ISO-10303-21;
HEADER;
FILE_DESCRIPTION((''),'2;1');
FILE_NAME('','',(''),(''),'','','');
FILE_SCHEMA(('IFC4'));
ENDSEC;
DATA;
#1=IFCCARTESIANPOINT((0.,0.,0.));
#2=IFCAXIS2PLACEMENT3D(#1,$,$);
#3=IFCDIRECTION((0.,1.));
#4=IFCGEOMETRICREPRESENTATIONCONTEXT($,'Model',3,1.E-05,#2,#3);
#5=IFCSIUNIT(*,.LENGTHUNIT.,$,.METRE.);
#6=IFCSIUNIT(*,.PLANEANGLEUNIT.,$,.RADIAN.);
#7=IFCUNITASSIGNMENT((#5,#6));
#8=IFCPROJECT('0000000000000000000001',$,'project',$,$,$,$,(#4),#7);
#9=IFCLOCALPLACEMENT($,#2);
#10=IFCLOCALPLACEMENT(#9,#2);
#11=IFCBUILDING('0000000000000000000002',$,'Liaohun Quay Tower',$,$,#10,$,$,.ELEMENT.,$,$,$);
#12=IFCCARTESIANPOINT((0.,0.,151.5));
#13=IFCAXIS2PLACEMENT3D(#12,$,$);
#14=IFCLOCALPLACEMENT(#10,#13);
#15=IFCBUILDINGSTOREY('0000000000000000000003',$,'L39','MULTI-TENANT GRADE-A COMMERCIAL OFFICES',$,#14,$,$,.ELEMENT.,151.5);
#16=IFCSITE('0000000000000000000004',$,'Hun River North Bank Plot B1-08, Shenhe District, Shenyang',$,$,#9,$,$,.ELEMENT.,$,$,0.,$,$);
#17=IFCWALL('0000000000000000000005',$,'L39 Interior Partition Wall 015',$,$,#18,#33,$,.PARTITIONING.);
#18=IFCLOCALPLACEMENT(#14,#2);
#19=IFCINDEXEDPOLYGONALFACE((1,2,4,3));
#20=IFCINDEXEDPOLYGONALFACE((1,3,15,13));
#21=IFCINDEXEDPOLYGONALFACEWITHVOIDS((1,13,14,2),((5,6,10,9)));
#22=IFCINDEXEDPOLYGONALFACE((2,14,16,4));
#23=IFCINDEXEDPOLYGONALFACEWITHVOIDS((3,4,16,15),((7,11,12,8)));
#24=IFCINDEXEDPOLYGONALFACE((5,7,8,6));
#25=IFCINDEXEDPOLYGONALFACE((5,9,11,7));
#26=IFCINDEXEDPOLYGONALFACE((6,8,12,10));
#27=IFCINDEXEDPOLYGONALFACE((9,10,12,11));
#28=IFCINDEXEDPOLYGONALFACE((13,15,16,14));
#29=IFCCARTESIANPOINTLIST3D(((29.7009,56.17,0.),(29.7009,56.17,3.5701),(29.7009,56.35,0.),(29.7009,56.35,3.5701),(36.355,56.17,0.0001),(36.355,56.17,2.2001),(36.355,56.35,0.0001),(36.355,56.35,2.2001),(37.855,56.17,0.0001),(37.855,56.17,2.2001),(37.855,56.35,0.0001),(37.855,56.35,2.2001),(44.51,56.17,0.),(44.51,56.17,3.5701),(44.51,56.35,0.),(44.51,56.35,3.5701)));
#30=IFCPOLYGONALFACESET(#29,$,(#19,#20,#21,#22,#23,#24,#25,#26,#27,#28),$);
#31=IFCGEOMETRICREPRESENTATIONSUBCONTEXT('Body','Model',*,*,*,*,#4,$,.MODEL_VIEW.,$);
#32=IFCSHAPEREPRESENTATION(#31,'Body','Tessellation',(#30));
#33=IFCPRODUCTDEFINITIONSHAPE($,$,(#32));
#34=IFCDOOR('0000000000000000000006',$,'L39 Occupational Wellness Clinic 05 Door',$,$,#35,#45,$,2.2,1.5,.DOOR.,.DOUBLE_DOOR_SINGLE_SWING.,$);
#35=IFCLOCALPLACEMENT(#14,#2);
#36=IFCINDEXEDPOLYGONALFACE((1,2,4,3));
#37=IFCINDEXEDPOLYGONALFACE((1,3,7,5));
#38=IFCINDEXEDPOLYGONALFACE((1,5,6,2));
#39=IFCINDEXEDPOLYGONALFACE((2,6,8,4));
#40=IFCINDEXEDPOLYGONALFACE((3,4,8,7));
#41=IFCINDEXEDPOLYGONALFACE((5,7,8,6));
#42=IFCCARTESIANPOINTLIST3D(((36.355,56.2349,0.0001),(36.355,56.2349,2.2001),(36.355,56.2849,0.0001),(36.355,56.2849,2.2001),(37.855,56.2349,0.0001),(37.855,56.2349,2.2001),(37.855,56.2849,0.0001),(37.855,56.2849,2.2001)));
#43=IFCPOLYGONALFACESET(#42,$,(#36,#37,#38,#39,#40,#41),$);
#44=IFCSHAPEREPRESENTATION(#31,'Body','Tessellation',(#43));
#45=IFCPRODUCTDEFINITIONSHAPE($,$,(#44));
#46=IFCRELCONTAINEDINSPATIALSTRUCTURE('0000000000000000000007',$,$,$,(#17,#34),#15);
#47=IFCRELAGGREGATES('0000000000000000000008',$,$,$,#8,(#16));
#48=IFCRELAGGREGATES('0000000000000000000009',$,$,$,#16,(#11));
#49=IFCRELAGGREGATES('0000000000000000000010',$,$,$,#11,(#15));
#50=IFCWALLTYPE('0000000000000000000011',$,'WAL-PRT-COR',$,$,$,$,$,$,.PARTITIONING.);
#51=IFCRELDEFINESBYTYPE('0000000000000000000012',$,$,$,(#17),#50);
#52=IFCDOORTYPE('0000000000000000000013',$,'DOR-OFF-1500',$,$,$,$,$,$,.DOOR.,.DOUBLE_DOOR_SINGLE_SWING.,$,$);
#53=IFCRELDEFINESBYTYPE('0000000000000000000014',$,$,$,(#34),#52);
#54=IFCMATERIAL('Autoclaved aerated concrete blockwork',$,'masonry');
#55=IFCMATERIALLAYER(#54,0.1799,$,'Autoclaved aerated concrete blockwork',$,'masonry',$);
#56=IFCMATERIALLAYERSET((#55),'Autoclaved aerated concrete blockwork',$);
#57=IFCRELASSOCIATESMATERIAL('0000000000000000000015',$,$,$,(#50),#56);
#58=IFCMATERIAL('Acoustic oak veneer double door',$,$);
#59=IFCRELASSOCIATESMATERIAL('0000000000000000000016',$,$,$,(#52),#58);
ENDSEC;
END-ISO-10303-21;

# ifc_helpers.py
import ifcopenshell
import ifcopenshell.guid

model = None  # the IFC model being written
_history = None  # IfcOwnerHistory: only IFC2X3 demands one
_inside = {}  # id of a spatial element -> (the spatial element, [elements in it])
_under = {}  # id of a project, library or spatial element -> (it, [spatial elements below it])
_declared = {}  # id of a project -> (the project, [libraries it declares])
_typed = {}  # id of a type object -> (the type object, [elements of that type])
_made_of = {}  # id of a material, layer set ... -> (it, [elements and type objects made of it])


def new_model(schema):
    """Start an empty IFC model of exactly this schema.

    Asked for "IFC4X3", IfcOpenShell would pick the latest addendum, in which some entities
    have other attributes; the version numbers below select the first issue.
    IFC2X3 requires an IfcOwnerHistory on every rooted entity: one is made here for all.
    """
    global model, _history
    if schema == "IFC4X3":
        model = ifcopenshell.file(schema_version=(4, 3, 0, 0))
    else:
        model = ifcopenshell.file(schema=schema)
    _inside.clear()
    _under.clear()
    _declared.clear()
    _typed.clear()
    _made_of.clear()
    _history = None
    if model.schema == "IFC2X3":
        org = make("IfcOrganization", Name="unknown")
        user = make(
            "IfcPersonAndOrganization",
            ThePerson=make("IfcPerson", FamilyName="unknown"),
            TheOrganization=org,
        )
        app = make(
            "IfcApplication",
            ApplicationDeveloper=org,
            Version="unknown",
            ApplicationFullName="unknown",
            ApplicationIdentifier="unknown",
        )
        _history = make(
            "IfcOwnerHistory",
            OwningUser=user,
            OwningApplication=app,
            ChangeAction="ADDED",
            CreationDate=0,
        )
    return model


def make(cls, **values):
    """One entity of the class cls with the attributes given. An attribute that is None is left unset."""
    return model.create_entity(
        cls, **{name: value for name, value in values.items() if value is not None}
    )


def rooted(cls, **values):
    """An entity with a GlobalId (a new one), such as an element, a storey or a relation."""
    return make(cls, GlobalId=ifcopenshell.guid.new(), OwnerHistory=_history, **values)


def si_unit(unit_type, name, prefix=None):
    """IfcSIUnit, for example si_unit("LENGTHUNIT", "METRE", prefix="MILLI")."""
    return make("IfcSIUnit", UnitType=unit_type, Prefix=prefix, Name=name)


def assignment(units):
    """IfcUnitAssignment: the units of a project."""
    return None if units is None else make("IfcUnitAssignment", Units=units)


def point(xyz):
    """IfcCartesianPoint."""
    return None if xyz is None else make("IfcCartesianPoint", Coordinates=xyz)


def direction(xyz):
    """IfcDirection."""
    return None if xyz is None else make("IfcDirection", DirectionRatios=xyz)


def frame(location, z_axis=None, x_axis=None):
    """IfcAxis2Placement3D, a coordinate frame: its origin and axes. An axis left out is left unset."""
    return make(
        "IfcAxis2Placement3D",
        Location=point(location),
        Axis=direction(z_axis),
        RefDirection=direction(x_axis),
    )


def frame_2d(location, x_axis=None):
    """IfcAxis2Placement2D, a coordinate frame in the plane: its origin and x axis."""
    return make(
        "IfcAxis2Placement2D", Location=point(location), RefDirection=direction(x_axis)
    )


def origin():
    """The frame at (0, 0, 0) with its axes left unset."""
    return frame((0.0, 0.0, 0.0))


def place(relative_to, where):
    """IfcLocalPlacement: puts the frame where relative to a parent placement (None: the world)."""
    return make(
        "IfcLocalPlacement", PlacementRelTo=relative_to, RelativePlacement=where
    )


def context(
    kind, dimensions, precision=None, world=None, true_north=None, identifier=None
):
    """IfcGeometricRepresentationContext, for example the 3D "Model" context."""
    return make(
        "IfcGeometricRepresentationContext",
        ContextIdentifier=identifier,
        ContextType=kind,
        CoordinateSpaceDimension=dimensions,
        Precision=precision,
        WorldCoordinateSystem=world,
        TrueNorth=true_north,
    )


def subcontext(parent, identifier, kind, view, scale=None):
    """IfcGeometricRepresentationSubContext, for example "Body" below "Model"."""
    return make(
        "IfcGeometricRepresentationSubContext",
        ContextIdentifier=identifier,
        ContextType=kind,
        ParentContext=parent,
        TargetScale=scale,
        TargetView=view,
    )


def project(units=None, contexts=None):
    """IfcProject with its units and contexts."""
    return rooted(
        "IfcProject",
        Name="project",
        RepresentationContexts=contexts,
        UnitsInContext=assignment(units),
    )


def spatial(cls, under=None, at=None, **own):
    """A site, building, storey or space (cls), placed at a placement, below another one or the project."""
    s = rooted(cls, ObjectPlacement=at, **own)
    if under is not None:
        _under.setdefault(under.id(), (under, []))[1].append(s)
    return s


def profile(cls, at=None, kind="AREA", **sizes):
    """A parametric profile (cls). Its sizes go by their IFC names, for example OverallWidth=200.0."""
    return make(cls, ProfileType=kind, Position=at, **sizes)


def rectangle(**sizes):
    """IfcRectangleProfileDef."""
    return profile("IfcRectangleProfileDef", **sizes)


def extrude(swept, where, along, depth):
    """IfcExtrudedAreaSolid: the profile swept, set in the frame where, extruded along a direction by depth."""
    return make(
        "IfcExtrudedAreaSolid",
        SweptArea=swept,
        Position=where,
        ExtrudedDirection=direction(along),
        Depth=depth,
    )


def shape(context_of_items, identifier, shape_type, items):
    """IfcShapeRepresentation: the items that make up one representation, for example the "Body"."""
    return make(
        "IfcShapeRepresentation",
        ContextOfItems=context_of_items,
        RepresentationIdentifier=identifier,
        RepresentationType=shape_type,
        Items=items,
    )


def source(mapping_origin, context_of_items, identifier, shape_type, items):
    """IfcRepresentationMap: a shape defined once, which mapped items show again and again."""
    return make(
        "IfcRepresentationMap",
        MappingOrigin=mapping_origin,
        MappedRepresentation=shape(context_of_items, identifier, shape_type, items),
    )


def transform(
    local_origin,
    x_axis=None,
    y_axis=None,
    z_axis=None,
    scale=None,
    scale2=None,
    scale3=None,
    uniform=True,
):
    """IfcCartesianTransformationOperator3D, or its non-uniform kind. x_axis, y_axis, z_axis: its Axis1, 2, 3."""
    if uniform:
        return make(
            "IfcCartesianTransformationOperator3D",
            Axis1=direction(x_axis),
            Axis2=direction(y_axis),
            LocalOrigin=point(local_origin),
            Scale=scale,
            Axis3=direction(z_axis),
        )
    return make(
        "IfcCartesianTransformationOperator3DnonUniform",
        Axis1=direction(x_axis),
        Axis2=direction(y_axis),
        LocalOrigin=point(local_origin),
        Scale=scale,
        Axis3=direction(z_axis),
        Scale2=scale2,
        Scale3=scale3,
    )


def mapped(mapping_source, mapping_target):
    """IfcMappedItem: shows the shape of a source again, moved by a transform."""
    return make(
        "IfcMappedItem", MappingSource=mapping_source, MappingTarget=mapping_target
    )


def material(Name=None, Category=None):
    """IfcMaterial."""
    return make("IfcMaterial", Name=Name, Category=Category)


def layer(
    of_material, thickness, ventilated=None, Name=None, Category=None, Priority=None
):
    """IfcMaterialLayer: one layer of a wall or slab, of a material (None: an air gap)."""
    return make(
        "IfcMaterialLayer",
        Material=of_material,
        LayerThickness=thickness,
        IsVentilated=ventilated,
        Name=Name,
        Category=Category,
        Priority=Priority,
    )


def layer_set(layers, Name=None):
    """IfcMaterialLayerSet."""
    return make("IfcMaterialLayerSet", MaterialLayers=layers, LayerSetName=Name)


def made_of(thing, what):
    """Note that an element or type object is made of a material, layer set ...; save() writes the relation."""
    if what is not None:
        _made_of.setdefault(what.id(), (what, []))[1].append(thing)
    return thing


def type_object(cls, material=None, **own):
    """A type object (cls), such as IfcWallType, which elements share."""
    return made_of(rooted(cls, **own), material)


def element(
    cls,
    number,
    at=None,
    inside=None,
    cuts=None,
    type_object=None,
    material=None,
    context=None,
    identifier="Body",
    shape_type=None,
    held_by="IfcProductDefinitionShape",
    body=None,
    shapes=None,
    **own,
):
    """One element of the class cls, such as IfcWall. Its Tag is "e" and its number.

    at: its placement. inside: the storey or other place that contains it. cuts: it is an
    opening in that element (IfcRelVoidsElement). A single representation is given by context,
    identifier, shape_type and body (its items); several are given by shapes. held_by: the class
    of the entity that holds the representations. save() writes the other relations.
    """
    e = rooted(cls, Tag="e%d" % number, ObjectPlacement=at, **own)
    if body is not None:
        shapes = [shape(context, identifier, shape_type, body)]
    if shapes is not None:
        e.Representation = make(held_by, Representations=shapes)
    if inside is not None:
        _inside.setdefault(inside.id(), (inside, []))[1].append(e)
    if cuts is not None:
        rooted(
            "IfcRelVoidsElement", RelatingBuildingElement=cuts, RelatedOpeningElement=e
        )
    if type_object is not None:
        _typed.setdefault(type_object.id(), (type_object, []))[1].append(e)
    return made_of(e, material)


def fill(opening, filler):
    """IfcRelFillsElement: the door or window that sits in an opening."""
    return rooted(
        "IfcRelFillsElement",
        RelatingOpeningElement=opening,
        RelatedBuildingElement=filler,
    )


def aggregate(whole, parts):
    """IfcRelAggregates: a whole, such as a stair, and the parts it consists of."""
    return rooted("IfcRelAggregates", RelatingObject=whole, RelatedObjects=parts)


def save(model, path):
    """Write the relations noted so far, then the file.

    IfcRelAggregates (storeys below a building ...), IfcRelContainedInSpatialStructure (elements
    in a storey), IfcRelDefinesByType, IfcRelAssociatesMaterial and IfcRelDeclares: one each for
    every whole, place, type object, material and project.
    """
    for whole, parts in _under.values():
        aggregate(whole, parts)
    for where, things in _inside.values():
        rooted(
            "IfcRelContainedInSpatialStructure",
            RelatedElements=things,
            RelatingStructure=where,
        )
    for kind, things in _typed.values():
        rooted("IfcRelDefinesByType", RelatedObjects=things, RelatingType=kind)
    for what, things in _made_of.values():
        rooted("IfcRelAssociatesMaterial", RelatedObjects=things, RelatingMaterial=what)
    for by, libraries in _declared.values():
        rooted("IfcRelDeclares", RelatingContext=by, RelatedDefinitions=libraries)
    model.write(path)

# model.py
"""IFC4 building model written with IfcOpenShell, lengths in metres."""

from ifc_helpers import new_model, si_unit, direction, frame, frame_2d, origin, place, context, subcontext, project, spatial, rectangle, extrude, source, transform, mapped, material, layer, layer_set, type_object, element, fill, save


model = new_model("IFC4")

# Units and contexts
model_context = context("Model", 3, precision=1e-05, world=origin(), true_north=direction((0.0, 1.0)))
body_context = subcontext(model_context, "Body", "Model", "MODEL_VIEW")
ifc_project = project(units=[si_unit("LENGTHUNIT", "METRE"), si_unit("PLANEANGLEUNIT", "RADIAN")], contexts=[model_context])

# Site, building, storey
site_placement = place(None, origin())
site = spatial("IfcSite", under=ifc_project, at=site_placement, Name="Hun River North Bank Plot B1-08, Shenhe District, Shenyang", CompositionType="ELEMENT", RefElevation=0.0)
building_placement = place(site_placement, origin())
building = spatial("IfcBuilding", under=site, at=building_placement, Name="Liaohun Quay Tower", CompositionType="ELEMENT")
storey_placement = place(building_placement, frame((0.0, 0.0, 151.5)))
storey = spatial("IfcBuildingStorey", under=building, at=storey_placement, Name="L39", Description="MULTI-TENANT GRADE-A COMMERCIAL OFFICES", CompositionType="ELEMENT", Elevation=151.5)

# Wall, opening, door
ifc_material_1 = material(Name="Autoclaved aerated concrete blockwork", Category="masonry")
ifc_layer_1 = layer(ifc_material_1, 0.1799, Name="Autoclaved aerated concrete blockwork", Category="masonry")
ifc_layer_set_1 = layer_set([ifc_layer_1], Name="Autoclaved aerated concrete blockwork")
wall_type_1 = type_object("IfcWallType", Name="WAL-PRT-COR", PredefinedType="PARTITIONING", material=ifc_layer_set_1)
shared_shape_1 = source(origin(), body_context, "Body", "SweptSolid", [
    extrude(rectangle(XDim=1.5, YDim=2.2, at=frame_2d((0.75, 1.1001))), frame((0.0, 0.0999, 0.0), z_axis=(0.0, -1.0, 0.0), x_axis=(1.0, 0.0, 0.0)), (0.0, 0.0, 1.0), 0.2),
])
ifc_material_2 = material(Name="Acoustic oak veneer double door")
door_type = type_object("IfcDoorType", Name="DOR-OFF-1500", OperationType="DOUBLE_DOOR_SINGLE_SWING", PredefinedType="DOOR", material=ifc_material_2)
shared_shape_2 = source(origin(), body_context, "Body", "SweptSolid", [
    extrude(rectangle(XDim=1.5, YDim=2.2, at=frame_2d((0.75, 1.1001))), frame((0.0, 0.0249, 0.0), z_axis=(0.0, -1.0, 0.0), x_axis=(1.0, 0.0, 0.0)), (0.0, 0.0, 1.0), 0.05),
])
wall_1_placement = place(storey_placement, frame((29.7009, 56.26, 0.0), z_axis=(0.0, 0.0, 1.0), x_axis=(1.0, 0.0, 0.0)))
wall_1 = element("IfcWall", 1, at=wall_1_placement, inside=storey, type_object=wall_type_1, Name="L39 Interior Partition Wall 015", PredefinedType="PARTITIONING", context=body_context, shape_type="SweptSolid", body=[
    extrude(rectangle(XDim=14.8091, YDim=0.1799, at=frame_2d((7.4045, 0.0))), origin(), (0.0, 0.0, 1.0), 3.5701),
])
opening_1_placement = place(wall_1_placement, frame((6.6541, 0.0, 0.0)))
opening_1 = element("IfcOpeningElement", 2, at=opening_1_placement, cuts=wall_1, PredefinedType="OPENING", context=body_context, shape_type="MappedRepresentation", body=[
    mapped(shared_shape_1, transform((0.0, 0.0, 0.0), x_axis=(1.0, 0.0, 0.0), y_axis=(0.0, 1.0, 0.0), z_axis=(0.0, 0.0, 1.0), scale=1.0)),
])
door_1_placement = place(opening_1_placement, origin())
door_1 = element("IfcDoor", 3, at=door_1_placement, inside=storey, type_object=door_type, Name="L39 Occupational Wellness Clinic 05 Door", OperationType="DOUBLE_DOOR_SINGLE_SWING", OverallHeight=2.2, OverallWidth=1.5, PredefinedType="DOOR", context=body_context, shape_type="MappedRepresentation", body=[
    mapped(shared_shape_2, transform((0.0, 0.0, 0.0), x_axis=(1.0, 0.0, 0.0), y_axis=(0.0, 1.0, 0.0), z_axis=(0.0, 0.0, 1.0), scale=1.0)),
])
fill(opening_1, door_1)

save(model, "model.ifc")
